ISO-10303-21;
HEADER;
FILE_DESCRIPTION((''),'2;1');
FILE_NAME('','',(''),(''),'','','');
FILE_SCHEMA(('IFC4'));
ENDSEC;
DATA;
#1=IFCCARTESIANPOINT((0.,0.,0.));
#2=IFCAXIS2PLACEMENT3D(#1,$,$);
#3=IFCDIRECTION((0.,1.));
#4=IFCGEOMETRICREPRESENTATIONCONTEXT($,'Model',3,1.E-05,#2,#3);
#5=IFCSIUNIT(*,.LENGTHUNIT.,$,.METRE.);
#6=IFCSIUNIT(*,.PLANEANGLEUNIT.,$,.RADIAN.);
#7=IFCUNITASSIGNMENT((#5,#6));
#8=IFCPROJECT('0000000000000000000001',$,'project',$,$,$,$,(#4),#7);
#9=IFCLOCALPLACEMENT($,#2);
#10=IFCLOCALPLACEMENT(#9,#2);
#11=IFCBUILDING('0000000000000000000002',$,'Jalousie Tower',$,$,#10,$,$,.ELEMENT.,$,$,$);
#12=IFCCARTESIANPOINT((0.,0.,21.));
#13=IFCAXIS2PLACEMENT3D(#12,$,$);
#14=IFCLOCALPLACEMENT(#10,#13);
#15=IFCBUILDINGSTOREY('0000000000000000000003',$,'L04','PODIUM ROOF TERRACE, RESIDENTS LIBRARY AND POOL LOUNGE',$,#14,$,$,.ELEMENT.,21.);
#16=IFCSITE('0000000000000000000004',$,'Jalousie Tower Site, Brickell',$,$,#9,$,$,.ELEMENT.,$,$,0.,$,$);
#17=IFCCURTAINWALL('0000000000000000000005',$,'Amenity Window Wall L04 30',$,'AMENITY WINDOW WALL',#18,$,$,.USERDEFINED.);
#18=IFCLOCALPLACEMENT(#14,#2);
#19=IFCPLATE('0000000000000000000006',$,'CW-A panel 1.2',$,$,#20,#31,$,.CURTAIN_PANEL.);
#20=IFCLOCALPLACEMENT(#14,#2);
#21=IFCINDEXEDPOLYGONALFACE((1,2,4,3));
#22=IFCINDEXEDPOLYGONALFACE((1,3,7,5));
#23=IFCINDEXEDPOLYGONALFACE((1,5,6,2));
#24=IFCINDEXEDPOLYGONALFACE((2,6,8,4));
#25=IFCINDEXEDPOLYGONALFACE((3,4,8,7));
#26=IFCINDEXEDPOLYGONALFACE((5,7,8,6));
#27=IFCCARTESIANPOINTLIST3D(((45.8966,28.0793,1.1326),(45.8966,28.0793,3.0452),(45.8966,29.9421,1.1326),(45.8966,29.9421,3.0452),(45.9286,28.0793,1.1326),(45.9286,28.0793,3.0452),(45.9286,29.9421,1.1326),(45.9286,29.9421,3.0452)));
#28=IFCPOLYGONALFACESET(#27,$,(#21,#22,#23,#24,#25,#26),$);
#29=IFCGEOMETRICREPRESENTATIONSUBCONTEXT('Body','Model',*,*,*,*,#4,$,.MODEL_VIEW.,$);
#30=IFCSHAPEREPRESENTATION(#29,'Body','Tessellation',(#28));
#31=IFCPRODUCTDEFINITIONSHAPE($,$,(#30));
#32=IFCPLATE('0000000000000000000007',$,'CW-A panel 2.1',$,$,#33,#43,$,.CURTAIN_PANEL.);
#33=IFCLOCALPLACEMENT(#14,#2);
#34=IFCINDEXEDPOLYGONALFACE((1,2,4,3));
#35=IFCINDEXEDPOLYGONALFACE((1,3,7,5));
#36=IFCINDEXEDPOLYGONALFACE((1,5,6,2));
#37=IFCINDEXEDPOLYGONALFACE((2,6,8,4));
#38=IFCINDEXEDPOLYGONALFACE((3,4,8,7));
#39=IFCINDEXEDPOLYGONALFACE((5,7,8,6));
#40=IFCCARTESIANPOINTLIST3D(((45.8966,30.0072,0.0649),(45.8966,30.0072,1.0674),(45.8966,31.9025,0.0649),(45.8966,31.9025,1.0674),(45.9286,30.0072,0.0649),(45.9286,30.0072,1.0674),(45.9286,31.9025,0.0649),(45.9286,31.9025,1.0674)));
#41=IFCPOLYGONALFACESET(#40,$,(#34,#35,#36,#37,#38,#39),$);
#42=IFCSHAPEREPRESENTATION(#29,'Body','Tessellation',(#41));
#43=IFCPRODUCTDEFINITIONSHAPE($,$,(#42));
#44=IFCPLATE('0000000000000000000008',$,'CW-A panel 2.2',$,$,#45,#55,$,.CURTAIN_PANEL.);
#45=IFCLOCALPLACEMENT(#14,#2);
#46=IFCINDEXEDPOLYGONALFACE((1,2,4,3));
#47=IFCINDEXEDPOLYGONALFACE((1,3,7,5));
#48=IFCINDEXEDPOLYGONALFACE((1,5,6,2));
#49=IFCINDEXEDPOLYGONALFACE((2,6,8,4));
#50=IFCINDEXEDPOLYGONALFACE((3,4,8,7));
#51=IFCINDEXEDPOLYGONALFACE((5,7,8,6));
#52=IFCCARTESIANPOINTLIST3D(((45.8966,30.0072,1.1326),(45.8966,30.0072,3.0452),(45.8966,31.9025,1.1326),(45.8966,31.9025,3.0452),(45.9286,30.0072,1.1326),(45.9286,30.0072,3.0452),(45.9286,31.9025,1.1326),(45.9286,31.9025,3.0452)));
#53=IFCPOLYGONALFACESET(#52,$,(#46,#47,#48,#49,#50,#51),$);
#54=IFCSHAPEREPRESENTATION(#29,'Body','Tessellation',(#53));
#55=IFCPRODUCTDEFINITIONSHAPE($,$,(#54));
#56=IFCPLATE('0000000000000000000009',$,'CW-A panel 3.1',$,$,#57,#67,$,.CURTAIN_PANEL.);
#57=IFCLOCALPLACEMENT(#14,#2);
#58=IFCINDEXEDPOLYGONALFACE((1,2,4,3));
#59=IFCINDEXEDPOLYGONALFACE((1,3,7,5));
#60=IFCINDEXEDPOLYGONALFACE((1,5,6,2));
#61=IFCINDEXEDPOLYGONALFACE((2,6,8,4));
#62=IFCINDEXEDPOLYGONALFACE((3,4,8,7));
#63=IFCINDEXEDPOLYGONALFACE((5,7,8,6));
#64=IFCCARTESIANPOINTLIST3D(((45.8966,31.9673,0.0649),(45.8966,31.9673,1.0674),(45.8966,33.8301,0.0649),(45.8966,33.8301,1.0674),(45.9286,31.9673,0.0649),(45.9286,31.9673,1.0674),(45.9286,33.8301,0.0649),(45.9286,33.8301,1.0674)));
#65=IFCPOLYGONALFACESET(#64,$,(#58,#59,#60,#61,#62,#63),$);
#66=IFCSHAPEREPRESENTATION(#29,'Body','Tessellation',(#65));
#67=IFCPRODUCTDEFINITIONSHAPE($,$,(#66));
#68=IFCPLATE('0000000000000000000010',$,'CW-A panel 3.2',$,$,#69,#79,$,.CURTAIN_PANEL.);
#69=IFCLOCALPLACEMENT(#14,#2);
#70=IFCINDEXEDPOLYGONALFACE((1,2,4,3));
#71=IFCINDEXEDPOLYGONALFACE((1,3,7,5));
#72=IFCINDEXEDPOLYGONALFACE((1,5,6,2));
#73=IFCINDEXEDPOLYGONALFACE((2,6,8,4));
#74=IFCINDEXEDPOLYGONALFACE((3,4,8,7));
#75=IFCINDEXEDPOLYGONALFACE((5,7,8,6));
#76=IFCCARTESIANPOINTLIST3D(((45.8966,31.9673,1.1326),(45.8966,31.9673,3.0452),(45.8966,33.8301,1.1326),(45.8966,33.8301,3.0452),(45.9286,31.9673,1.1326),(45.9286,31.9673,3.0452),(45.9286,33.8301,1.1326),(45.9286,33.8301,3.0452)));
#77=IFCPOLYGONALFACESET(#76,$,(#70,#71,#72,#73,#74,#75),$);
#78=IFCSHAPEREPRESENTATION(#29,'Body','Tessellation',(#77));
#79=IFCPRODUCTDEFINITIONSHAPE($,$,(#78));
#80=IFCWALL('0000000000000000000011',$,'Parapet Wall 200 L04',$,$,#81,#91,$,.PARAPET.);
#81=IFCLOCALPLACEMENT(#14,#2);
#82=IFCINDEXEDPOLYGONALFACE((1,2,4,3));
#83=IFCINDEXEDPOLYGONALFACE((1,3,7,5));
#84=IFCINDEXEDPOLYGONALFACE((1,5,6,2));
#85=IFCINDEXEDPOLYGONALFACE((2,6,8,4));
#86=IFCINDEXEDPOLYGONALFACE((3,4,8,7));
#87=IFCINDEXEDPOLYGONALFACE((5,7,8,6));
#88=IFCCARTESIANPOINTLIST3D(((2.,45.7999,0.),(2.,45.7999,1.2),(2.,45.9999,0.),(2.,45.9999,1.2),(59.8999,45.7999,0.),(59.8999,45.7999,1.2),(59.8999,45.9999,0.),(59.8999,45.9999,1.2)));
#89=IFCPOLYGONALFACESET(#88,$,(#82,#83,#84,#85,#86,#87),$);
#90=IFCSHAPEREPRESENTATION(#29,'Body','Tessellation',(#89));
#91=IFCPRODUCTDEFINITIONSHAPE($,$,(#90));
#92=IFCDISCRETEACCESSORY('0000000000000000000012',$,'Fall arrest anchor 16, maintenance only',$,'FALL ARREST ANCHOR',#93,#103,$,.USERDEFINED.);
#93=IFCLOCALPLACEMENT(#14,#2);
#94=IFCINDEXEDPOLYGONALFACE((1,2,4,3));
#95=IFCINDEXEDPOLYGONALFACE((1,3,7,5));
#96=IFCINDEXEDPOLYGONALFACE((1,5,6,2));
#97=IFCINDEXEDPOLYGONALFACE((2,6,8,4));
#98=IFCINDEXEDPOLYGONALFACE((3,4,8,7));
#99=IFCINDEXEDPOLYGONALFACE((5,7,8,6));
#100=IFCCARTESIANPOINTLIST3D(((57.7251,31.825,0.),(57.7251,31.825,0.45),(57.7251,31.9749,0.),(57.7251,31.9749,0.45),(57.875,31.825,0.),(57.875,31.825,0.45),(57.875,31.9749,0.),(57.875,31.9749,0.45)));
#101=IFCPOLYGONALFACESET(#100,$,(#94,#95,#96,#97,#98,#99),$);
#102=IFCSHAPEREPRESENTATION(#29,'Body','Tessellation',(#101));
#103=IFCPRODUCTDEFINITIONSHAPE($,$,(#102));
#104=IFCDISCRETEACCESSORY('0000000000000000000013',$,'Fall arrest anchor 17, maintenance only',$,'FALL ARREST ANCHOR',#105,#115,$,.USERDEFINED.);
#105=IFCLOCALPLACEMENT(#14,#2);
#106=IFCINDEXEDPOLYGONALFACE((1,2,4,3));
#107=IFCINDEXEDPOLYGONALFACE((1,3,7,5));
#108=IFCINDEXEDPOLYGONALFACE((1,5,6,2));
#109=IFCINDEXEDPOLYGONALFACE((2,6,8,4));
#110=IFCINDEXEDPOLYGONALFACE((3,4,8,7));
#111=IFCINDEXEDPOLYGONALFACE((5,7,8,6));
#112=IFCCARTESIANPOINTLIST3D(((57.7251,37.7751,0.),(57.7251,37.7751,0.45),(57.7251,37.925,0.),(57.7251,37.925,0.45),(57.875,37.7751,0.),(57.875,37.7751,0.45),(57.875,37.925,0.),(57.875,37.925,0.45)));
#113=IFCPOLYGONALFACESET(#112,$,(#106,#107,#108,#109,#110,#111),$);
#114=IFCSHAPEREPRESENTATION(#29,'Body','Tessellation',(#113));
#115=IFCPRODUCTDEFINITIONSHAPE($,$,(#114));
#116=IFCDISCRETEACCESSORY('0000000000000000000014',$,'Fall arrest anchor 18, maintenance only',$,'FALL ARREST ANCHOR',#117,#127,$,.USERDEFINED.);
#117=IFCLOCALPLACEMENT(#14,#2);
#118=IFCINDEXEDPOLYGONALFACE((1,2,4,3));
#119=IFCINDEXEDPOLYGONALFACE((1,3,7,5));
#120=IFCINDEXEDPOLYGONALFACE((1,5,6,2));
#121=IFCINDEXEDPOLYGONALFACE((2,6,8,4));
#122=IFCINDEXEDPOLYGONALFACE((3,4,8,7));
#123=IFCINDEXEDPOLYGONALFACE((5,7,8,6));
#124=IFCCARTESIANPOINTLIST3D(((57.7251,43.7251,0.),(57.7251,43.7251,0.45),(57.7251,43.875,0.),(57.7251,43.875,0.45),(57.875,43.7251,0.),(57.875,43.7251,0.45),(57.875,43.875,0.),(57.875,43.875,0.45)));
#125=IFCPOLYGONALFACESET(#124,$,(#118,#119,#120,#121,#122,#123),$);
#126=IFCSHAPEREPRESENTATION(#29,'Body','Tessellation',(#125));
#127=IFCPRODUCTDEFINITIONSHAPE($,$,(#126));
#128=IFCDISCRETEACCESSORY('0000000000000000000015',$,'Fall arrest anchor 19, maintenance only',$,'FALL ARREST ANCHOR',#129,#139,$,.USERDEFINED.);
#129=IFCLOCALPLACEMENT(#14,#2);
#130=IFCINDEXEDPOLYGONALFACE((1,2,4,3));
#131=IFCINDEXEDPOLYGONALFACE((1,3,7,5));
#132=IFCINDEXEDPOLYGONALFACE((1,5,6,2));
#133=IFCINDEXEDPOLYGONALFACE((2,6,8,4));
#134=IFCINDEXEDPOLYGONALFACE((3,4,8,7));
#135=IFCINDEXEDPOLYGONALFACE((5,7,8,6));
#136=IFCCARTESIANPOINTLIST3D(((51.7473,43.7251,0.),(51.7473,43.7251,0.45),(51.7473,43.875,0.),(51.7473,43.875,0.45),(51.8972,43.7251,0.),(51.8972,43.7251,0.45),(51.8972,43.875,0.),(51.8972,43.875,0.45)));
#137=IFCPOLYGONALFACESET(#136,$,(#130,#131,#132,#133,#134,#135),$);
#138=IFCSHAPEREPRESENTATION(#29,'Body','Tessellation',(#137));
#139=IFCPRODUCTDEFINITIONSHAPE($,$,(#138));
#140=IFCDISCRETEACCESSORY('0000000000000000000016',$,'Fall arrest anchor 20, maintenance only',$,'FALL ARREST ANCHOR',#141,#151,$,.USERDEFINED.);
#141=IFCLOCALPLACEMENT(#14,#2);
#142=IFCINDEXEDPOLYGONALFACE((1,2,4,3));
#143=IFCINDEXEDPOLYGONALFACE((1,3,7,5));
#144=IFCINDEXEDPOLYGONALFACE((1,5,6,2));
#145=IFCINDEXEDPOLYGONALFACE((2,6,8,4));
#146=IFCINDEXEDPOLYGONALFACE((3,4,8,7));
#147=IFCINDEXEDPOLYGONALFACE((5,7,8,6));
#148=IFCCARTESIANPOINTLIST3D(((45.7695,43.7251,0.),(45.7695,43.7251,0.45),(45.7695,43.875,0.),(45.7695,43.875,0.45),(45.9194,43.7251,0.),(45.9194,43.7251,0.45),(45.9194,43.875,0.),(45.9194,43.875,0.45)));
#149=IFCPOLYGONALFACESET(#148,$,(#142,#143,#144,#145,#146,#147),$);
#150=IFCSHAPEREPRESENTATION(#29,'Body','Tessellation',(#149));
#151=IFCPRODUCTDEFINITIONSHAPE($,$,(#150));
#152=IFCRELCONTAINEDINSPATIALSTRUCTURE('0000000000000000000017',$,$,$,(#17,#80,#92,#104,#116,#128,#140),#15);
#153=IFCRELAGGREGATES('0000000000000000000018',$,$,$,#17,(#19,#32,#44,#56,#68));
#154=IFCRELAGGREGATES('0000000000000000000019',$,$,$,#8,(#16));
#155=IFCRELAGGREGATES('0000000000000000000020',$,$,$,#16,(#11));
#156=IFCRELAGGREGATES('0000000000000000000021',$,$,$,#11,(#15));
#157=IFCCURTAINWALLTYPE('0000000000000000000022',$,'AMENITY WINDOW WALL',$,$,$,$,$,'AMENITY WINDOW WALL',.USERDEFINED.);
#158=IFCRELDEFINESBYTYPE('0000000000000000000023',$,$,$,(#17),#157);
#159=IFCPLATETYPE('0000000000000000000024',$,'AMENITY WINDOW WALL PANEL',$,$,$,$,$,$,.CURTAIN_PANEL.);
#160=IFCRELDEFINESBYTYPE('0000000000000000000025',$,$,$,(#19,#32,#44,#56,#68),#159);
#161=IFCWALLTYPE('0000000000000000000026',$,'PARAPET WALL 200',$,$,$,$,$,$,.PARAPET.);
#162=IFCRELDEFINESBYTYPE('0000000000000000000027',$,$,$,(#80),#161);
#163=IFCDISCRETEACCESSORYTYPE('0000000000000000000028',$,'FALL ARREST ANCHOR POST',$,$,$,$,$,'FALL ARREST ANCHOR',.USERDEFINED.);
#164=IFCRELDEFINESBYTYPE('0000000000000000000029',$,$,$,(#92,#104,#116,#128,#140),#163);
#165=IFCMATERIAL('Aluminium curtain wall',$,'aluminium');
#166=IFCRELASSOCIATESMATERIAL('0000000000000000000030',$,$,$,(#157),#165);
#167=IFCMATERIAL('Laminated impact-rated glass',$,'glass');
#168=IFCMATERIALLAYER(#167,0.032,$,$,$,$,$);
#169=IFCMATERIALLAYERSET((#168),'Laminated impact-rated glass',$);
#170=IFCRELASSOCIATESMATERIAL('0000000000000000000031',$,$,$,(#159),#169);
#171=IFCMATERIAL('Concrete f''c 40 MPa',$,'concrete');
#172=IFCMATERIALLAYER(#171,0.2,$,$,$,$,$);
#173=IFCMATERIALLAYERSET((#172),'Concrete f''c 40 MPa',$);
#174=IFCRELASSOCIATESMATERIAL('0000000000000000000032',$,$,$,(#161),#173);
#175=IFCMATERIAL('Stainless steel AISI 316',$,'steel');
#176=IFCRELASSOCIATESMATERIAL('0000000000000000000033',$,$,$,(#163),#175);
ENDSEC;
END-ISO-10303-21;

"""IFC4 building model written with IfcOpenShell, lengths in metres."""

from ifc_helpers import new_model, si_unit, direction, frame, frame_2d, origin, origin_2d, place, context, subcontext, project, spatial, rectangle, extrude, material, layer, layer_set, type_object, element, aggregate, save


model = new_model("IFC4")

# Units and contexts
model_context = context("Model", 3, precision=1e-05, world=origin(), true_north=direction((0.0, 1.0)))
body_context = subcontext(model_context, "Body", "Model", "MODEL_VIEW")
ifc_project = project(units=[si_unit("LENGTHUNIT", "METRE"), si_unit("PLANEANGLEUNIT", "RADIAN")], contexts=[model_context])

# Site, building, storey
site_placement = place(None, origin())
site = spatial("IfcSite", under=ifc_project, at=site_placement, Name="Jalousie Tower Site, Brickell", CompositionType="ELEMENT", RefElevation=0.0)
building_placement = place(site_placement, origin())
building = spatial("IfcBuilding", under=site, at=building_placement, Name="Jalousie Tower", CompositionType="ELEMENT")
storey_placement = place(building_placement, frame((0.0, 0.0, 21.0)))
storey = spatial("IfcBuildingStorey", under=building, at=storey_placement, Name="L04", Description="PODIUM ROOF TERRACE, RESIDENTS LIBRARY AND POOL LOUNGE", CompositionType="ELEMENT", Elevation=21.0)

# Curtain wall
ifc_material_1 = material(Name="Aluminium curtain wall", Category="aluminium")
curtain_wall_type_1 = type_object("IfcCurtainWallType", Name="AMENITY WINDOW WALL", ElementType="AMENITY WINDOW WALL", PredefinedType="USERDEFINED", material=ifc_material_1)
curtain_wall_1_placement = place(storey_placement, origin())
curtain_wall_1 = element("IfcCurtainWall", 1, at=curtain_wall_1_placement, inside=storey, type_object=curtain_wall_type_1, Name="Amenity Window Wall L04 30", ObjectType="AMENITY WINDOW WALL", PredefinedType="USERDEFINED")

# Plates
ifc_material_2 = material(Name="Laminated impact-rated glass", Category="glass")
ifc_layer_1 = layer(ifc_material_2, 0.032)
ifc_layer_set_1 = layer_set([ifc_layer_1], Name="Laminated impact-rated glass")
plate_type_1 = type_object("IfcPlateType", Name="AMENITY WINDOW WALL PANEL", PredefinedType="CURTAIN_PANEL", material=ifc_layer_set_1)
plate_1_placement = place(storey_placement, frame((45.9126, 29.0107, 1.1326), z_axis=(0.0, 0.0, 1.0), x_axis=(0.0, 1.0, 0.0)))
plate_1 = element("IfcPlate", 2, at=plate_1_placement, type_object=plate_type_1, Name="CW-A panel 1.2", PredefinedType="CURTAIN_PANEL", context=body_context, shape_type="SweptSolid", body=[
    extrude(rectangle(XDim=1.8628, YDim=0.032, at=origin_2d()), origin(), (0.0, 0.0, 1.0), 1.9126),
])
plate_2_placement = place(storey_placement, frame((45.9126, 30.9548, 0.0649), z_axis=(0.0, 0.0, 1.0), x_axis=(0.0, 1.0, 0.0)))
plate_2 = element("IfcPlate", 3, at=plate_2_placement, type_object=plate_type_1, Name="CW-A panel 2.1", PredefinedType="CURTAIN_PANEL", context=body_context, shape_type="SweptSolid", body=[
    extrude(rectangle(XDim=1.8953, YDim=0.032, at=origin_2d()), origin(), (0.0, 0.0, 1.0), 1.0024),
])
plate_3_placement = place(storey_placement, frame((45.9126, 30.9548, 1.1326), z_axis=(0.0, 0.0, 1.0), x_axis=(0.0, 1.0, 0.0)))
plate_3 = element("IfcPlate", 4, at=plate_3_placement, type_object=plate_type_1, Name="CW-A panel 2.2", PredefinedType="CURTAIN_PANEL", context=body_context, shape_type="SweptSolid", body=[
    extrude(rectangle(XDim=1.8953, YDim=0.032, at=origin_2d()), origin(), (0.0, 0.0, 1.0), 1.9126),
])
plate_4_placement = place(storey_placement, frame((45.9126, 32.8987, 0.0649), z_axis=(0.0, 0.0, 1.0), x_axis=(0.0, 1.0, 0.0)))
plate_4 = element("IfcPlate", 5, at=plate_4_placement, type_object=plate_type_1, Name="CW-A panel 3.1", PredefinedType="CURTAIN_PANEL", context=body_context, shape_type="SweptSolid", body=[
    extrude(rectangle(XDim=1.8628, YDim=0.032, at=origin_2d()), origin(), (0.0, 0.0, 1.0), 1.0024),
])
plate_5_placement = place(storey_placement, frame((45.9126, 32.8987, 1.1326), z_axis=(0.0, 0.0, 1.0), x_axis=(0.0, 1.0, 0.0)))
plate_5 = element("IfcPlate", 6, at=plate_5_placement, type_object=plate_type_1, Name="CW-A panel 3.2", PredefinedType="CURTAIN_PANEL", context=body_context, shape_type="SweptSolid", body=[
    extrude(rectangle(XDim=1.8628, YDim=0.032, at=origin_2d()), origin(), (0.0, 0.0, 1.0), 1.9126),
])
aggregate(curtain_wall_1, [plate_1, plate_2, plate_3, plate_4, plate_5])

# Wall
ifc_material_3 = material(Name="Concrete f'c 40 MPa", Category="concrete")
ifc_layer_2 = layer(ifc_material_3, 0.2)
ifc_layer_set_2 = layer_set([ifc_layer_2], Name="Concrete f'c 40 MPa")
wall_type = type_object("IfcWallType", Name="PARAPET WALL 200", PredefinedType="PARAPET", material=ifc_layer_set_2)
wall_placement = place(storey_placement, frame((59.8999, 45.8999, 0.0), z_axis=(0.0, 0.0, 1.0), x_axis=(-1.0, 0.0, 0.0)))
element("IfcWall", 7, at=wall_placement, inside=storey, type_object=wall_type, Name="Parapet Wall 200 L04", PredefinedType="PARAPET", context=body_context, shape_type="SweptSolid", body=[
    extrude(rectangle(XDim=57.8999, YDim=0.2, at=frame_2d((28.95, 0.0))), origin(), (0.0, 0.0, 1.0), 1.2),
])

# Discrete accessories
ifc_material_4 = material(Name="Stainless steel AISI 316", Category="steel")
discrete_accessory_type = type_object("IfcDiscreteAccessoryType", Name="FALL ARREST ANCHOR POST", ElementType="FALL ARREST ANCHOR", PredefinedType="USERDEFINED", material=ifc_material_4)
for number, where, z_axis, x_axis, name in (
    (8, (57.8, 31.8999, 0.0), (0.0, 0.0, 1.0), (1.0, 0.0, 0.0), "Fall arrest anchor 16, maintenance only"),
    (9, (57.8, 37.8501, 0.0), (0.0, 0.0, 1.0), (1.0, 0.0, 0.0), "Fall arrest anchor 17, maintenance only"),
    (10, (57.8, 43.8, 0.0), (0.0, 0.0, 1.0), (1.0, 0.0, 0.0), "Fall arrest anchor 18, maintenance only"),
    (11, (51.8223, 43.8, 0.0), (0.0, 0.0, 1.0), (1.0, 0.0, 0.0), "Fall arrest anchor 19, maintenance only"),
    (12, (45.8445, 43.8, 0.0), (0.0, 0.0, 1.0), (1.0, 0.0, 0.0), "Fall arrest anchor 20, maintenance only"),
):
    element("IfcDiscreteAccessory", number, at=place(storey_placement, frame(where, z_axis=z_axis, x_axis=x_axis)), inside=storey, type_object=discrete_accessory_type, Name=name, ObjectType="FALL ARREST ANCHOR", PredefinedType="USERDEFINED", context=body_context, shape_type="SweptSolid", body=[
        extrude(rectangle(XDim=0.1499, YDim=0.1499, at=origin_2d()), origin(), (0.0, 0.0, 1.0), 0.45),
    ])

save(model, "model.ifc")
